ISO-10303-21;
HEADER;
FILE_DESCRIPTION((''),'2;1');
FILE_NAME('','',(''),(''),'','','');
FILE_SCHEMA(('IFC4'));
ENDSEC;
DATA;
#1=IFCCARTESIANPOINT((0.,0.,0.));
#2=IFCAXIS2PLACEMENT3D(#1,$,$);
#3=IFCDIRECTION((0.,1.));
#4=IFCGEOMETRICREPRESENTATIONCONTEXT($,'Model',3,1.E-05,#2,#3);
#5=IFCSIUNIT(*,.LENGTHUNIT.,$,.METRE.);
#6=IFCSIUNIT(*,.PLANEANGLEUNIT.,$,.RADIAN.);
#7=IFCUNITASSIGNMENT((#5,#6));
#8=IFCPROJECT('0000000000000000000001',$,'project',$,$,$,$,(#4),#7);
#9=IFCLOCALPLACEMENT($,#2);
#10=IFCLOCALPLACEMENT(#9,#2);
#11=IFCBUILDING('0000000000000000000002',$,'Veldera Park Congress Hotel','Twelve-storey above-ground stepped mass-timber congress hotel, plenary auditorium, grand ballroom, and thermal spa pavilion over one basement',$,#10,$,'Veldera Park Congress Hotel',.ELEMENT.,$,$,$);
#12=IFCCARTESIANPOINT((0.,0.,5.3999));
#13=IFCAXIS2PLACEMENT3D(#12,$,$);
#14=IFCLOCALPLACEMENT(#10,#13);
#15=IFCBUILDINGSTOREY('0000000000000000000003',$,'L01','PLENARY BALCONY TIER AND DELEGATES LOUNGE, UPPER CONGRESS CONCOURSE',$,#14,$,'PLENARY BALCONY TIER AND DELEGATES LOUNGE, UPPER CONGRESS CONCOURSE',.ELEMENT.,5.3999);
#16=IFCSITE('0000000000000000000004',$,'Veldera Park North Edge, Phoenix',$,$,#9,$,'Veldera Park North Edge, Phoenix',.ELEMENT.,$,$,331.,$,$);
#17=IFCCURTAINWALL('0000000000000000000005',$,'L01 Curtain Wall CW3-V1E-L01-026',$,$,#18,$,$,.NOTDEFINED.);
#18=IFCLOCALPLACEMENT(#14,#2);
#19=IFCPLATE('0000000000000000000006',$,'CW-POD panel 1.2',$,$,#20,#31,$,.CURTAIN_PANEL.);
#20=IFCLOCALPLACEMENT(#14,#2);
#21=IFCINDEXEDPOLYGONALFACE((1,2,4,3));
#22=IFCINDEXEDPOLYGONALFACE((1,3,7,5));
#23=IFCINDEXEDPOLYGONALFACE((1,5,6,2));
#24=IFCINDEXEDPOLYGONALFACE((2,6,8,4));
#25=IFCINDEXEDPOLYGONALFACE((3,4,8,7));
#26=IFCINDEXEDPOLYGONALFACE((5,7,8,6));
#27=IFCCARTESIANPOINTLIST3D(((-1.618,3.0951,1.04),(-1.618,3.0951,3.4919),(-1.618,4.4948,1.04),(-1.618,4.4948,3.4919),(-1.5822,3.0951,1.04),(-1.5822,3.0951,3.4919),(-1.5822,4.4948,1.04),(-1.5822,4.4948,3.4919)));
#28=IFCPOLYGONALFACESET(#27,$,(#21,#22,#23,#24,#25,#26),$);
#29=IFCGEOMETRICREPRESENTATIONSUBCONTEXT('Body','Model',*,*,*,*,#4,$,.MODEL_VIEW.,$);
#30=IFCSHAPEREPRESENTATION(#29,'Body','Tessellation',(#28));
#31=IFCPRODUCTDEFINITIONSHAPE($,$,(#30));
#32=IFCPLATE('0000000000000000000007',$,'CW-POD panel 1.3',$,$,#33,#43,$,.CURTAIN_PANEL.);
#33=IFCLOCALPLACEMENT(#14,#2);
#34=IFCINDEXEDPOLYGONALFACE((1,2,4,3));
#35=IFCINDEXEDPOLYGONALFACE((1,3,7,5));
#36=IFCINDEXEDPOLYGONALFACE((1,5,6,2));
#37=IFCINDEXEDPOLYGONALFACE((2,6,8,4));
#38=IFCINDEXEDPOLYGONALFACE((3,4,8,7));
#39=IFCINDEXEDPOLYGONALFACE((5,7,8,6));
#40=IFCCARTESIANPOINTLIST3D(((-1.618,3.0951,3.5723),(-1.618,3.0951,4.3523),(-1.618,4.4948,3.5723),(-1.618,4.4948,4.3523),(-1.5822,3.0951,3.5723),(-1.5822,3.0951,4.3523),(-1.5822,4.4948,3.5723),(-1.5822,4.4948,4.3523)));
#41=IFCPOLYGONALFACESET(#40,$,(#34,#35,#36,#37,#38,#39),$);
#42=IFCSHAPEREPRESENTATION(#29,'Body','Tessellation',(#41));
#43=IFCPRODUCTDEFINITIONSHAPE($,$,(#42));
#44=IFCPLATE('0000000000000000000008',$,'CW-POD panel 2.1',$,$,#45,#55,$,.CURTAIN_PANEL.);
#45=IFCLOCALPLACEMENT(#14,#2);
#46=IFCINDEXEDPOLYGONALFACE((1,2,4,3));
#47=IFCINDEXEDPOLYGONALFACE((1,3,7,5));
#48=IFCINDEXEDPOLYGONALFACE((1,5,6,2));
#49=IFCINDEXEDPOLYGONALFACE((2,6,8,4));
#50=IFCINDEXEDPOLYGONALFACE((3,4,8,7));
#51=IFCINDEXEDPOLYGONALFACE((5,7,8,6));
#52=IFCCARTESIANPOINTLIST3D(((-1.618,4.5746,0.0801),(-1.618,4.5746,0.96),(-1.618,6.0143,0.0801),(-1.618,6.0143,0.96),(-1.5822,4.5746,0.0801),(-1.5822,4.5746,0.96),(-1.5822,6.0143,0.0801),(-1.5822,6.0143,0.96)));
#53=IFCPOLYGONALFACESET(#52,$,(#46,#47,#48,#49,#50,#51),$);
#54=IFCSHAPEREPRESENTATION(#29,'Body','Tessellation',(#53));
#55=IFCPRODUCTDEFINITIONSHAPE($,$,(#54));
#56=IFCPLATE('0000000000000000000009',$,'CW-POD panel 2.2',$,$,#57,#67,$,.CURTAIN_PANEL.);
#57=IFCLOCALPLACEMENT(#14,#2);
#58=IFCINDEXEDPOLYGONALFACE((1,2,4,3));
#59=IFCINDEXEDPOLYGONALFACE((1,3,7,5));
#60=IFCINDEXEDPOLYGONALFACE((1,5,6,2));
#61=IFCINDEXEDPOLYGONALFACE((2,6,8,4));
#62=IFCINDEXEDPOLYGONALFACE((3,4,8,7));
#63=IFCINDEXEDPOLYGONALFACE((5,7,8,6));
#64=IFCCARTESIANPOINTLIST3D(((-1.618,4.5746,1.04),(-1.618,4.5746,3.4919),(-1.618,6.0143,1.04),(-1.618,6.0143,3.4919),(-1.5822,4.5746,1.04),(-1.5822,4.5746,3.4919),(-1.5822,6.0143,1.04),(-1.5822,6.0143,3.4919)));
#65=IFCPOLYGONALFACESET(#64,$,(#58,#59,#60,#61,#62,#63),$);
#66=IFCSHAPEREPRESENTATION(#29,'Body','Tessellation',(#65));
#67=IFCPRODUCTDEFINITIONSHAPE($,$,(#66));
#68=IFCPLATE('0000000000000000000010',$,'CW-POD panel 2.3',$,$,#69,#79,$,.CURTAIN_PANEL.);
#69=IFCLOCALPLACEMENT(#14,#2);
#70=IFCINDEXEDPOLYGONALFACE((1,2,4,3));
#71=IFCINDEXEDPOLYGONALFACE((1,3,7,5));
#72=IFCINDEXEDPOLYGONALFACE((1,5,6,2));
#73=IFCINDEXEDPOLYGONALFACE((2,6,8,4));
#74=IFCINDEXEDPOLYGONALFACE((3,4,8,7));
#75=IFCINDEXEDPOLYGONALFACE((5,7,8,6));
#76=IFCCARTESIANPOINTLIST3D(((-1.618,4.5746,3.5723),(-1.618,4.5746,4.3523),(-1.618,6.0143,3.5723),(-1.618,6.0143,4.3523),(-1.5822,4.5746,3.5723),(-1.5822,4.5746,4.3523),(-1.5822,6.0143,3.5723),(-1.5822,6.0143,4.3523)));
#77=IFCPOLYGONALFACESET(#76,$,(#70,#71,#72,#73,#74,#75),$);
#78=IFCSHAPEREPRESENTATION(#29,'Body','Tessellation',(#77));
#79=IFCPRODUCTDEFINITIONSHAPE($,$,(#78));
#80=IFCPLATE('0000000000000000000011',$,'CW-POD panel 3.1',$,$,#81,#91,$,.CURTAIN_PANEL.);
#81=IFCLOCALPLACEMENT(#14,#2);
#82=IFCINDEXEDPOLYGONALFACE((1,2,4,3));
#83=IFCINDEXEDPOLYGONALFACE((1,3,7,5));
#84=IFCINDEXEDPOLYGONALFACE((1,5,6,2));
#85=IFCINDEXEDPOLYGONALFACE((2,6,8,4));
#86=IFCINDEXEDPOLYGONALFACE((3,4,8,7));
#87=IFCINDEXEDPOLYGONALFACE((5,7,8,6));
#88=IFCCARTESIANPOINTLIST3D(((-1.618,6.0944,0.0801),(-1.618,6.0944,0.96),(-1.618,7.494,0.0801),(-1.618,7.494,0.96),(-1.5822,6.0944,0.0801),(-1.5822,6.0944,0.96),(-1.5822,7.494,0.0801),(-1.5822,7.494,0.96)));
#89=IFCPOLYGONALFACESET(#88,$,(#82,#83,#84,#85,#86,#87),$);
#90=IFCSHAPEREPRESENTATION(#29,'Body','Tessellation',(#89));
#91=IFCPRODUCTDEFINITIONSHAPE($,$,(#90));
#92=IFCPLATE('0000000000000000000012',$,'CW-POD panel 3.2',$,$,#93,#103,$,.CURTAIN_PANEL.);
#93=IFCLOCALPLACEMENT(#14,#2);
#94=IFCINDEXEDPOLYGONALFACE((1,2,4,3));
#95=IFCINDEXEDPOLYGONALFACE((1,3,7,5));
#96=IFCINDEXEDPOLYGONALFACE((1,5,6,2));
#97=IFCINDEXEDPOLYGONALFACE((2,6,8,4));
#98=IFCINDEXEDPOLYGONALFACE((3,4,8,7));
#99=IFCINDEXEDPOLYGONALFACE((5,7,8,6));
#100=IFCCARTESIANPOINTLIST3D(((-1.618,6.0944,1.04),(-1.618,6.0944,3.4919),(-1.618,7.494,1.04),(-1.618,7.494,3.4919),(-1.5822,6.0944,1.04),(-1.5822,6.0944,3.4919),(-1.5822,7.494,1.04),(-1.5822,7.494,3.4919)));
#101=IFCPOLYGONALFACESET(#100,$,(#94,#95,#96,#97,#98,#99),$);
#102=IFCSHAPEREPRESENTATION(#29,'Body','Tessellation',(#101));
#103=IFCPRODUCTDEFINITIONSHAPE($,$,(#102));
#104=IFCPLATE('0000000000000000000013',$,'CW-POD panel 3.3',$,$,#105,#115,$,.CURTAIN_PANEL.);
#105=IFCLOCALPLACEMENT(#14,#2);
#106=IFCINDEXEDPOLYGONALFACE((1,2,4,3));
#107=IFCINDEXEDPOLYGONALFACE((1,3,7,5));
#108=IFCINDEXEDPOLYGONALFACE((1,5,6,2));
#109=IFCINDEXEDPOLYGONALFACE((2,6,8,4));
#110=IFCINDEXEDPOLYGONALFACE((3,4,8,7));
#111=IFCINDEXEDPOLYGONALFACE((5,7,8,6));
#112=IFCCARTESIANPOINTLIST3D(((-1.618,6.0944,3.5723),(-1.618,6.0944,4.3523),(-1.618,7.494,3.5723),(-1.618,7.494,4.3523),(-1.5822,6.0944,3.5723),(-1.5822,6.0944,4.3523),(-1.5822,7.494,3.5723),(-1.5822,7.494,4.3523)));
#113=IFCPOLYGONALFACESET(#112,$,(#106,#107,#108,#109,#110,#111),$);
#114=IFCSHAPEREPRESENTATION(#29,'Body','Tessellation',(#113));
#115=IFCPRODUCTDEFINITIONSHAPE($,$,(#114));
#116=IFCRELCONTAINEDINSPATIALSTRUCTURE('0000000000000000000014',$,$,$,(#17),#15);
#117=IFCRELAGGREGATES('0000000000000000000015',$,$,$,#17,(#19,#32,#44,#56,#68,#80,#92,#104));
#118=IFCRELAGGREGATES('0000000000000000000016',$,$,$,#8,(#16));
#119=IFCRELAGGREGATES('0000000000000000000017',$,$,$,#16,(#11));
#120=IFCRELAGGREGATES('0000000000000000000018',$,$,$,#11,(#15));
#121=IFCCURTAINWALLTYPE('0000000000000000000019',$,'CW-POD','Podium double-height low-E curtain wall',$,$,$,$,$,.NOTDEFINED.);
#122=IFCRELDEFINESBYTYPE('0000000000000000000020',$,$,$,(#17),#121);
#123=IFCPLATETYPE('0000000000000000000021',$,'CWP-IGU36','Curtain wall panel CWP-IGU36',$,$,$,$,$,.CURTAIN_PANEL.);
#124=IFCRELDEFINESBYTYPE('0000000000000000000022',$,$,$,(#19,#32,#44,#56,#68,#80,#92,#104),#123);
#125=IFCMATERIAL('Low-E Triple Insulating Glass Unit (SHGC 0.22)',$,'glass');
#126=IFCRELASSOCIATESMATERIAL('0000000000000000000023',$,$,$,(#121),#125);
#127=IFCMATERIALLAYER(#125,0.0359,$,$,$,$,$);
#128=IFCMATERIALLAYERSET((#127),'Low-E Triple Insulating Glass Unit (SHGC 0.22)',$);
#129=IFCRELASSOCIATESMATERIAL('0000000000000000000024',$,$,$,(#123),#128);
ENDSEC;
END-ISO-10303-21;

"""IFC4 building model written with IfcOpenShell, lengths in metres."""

from ifc_helpers import new_model, si_unit, direction, frame, origin, origin_2d, place, context, subcontext, project, spatial, rectangle, extrude, material, layer, layer_set, type_object, element, aggregate, save


model = new_model("IFC4")

# Units and contexts
model_context = context("Model", 3, precision=1e-05, world=origin(), true_north=direction((0.0, 1.0)))
body_context = subcontext(model_context, "Body", "Model", "MODEL_VIEW")
ifc_project = project(units=[si_unit("LENGTHUNIT", "METRE"), si_unit("PLANEANGLEUNIT", "RADIAN")], contexts=[model_context])

# Site, building, storey
site_placement = place(None, origin())
site = spatial("IfcSite", under=ifc_project, at=site_placement, Name="Veldera Park North Edge, Phoenix", LongName="Veldera Park North Edge, Phoenix", CompositionType="ELEMENT", RefElevation=331.0)
building_placement = place(site_placement, origin())
building = spatial("IfcBuilding", under=site, at=building_placement, Name="Veldera Park Congress Hotel", Description="Twelve-storey above-ground stepped mass-timber congress hotel, plenary auditorium, grand ballroom, and thermal spa pavilion over one basement", LongName="Veldera Park Congress Hotel", CompositionType="ELEMENT")
storey_placement = place(building_placement, frame((0.0, 0.0, 5.3999)))
storey = spatial("IfcBuildingStorey", under=building, at=storey_placement, Name="L01", Description="PLENARY BALCONY TIER AND DELEGATES LOUNGE, UPPER CONGRESS CONCOURSE", LongName="PLENARY BALCONY TIER AND DELEGATES LOUNGE, UPPER CONGRESS CONCOURSE", CompositionType="ELEMENT", Elevation=5.3999)

# Curtain wall
ifc_material_1 = material(Name="Low-E Triple Insulating Glass Unit (SHGC 0.22)", Category="glass")
curtain_wall_type = type_object("IfcCurtainWallType", Name="CW-POD", Description="Podium double-height low-E curtain wall", PredefinedType="NOTDEFINED", material=ifc_material_1)
curtain_wall_1_placement = place(storey_placement, origin())
curtain_wall_1 = element("IfcCurtainWall", 1, at=curtain_wall_1_placement, inside=storey, type_object=curtain_wall_type, Name="L01 Curtain Wall CW3-V1E-L01-026", PredefinedType="NOTDEFINED")

# Plates
ifc_layer = layer(ifc_material_1, 0.0359)
ifc_layer_set = layer_set([ifc_layer], Name="Low-E Triple Insulating Glass Unit (SHGC 0.22)")
plate_type = type_object("IfcPlateType", Name="CWP-IGU36", Description="Curtain wall panel CWP-IGU36", PredefinedType="CURTAIN_PANEL", material=ifc_layer_set)
plate_1_placement = place(storey_placement, frame((-1.6001, 3.7949, 1.04), z_axis=(0.0, 0.0, 1.0), x_axis=(0.0, 1.0, 0.0)))
plate_1 = element("IfcPlate", 2, at=plate_1_placement, type_object=plate_type, Name="CW-POD panel 1.2", PredefinedType="CURTAIN_PANEL", context=body_context, shape_type="SweptSolid", body=[
    extrude(rectangle(XDim=1.3997, YDim=0.0359, at=origin_2d()), origin(), (0.0, 0.0, 1.0), 2.4519),
])
plate_2_placement = place(storey_placement, frame((-1.6001, 3.7949, 3.5723), z_axis=(0.0, 0.0, 1.0), x_axis=(0.0, 1.0, 0.0)))
plate_2 = element("IfcPlate", 3, at=plate_2_placement, type_object=plate_type, Name="CW-POD panel 1.3", PredefinedType="CURTAIN_PANEL", context=body_context, shape_type="SweptSolid", body=[
    extrude(rectangle(XDim=1.3997, YDim=0.0359, at=origin_2d()), origin(), (0.0, 0.0, 1.0), 0.78),
])
plate_3_placement = place(storey_placement, frame((-1.6001, 5.2944, 0.0801), z_axis=(0.0, 0.0, 1.0), x_axis=(0.0, 1.0, 0.0)))
plate_3 = element("IfcPlate", 4, at=plate_3_placement, type_object=plate_type, Name="CW-POD panel 2.1", PredefinedType="CURTAIN_PANEL", context=body_context, shape_type="SweptSolid", body=[
    extrude(rectangle(XDim=1.4397, YDim=0.0359, at=origin_2d()), origin(), (0.0, 0.0, 1.0), 0.8799),
])
plate_4_placement = place(storey_placement, frame((-1.6001, 5.2944, 1.04), z_axis=(0.0, 0.0, 1.0), x_axis=(0.0, 1.0, 0.0)))
plate_4 = element("IfcPlate", 5, at=plate_4_placement, type_object=plate_type, Name="CW-POD panel 2.2", PredefinedType="CURTAIN_PANEL", context=body_context, shape_type="SweptSolid", body=[
    extrude(rectangle(XDim=1.4397, YDim=0.0359, at=origin_2d()), origin(), (0.0, 0.0, 1.0), 2.4519),
])
plate_5_placement = place(storey_placement, frame((-1.6001, 5.2944, 3.5723), z_axis=(0.0, 0.0, 1.0), x_axis=(0.0, 1.0, 0.0)))
plate_5 = element("IfcPlate", 6, at=plate_5_placement, type_object=plate_type, Name="CW-POD panel 2.3", PredefinedType="CURTAIN_PANEL", context=body_context, shape_type="SweptSolid", body=[
    extrude(rectangle(XDim=1.4397, YDim=0.0359, at=origin_2d()), origin(), (0.0, 0.0, 1.0), 0.78),
])
plate_6_placement = place(storey_placement, frame((-1.6001, 6.7942, 0.0801), z_axis=(0.0, 0.0, 1.0), x_axis=(0.0, 1.0, 0.0)))
plate_6 = element("IfcPlate", 7, at=plate_6_placement, type_object=plate_type, Name="CW-POD panel 3.1", PredefinedType="CURTAIN_PANEL", context=body_context, shape_type="SweptSolid", body=[
    extrude(rectangle(XDim=1.3997, YDim=0.0359, at=origin_2d()), origin(), (0.0, 0.0, 1.0), 0.8799),
])
plate_7_placement = place(storey_placement, frame((-1.6001, 6.7942, 1.04), z_axis=(0.0, 0.0, 1.0), x_axis=(0.0, 1.0, 0.0)))
plate_7 = element("IfcPlate", 8, at=plate_7_placement, type_object=plate_type, Name="CW-POD panel 3.2", PredefinedType="CURTAIN_PANEL", context=body_context, shape_type="SweptSolid", body=[
    extrude(rectangle(XDim=1.3997, YDim=0.0359, at=origin_2d()), origin(), (0.0, 0.0, 1.0), 2.4519),
])
plate_8_placement = place(storey_placement, frame((-1.6001, 6.7942, 3.5723), z_axis=(0.0, 0.0, 1.0), x_axis=(0.0, 1.0, 0.0)))
plate_8 = element("IfcPlate", 9, at=plate_8_placement, type_object=plate_type, Name="CW-POD panel 3.3", PredefinedType="CURTAIN_PANEL", context=body_context, shape_type="SweptSolid", body=[
    extrude(rectangle(XDim=1.3997, YDim=0.0359, at=origin_2d()), origin(), (0.0, 0.0, 1.0), 0.78),
])
aggregate(curtain_wall_1, [plate_1, plate_2, plate_3, plate_4, plate_5, plate_6, plate_7, plate_8])

save(model, "model.ifc")
